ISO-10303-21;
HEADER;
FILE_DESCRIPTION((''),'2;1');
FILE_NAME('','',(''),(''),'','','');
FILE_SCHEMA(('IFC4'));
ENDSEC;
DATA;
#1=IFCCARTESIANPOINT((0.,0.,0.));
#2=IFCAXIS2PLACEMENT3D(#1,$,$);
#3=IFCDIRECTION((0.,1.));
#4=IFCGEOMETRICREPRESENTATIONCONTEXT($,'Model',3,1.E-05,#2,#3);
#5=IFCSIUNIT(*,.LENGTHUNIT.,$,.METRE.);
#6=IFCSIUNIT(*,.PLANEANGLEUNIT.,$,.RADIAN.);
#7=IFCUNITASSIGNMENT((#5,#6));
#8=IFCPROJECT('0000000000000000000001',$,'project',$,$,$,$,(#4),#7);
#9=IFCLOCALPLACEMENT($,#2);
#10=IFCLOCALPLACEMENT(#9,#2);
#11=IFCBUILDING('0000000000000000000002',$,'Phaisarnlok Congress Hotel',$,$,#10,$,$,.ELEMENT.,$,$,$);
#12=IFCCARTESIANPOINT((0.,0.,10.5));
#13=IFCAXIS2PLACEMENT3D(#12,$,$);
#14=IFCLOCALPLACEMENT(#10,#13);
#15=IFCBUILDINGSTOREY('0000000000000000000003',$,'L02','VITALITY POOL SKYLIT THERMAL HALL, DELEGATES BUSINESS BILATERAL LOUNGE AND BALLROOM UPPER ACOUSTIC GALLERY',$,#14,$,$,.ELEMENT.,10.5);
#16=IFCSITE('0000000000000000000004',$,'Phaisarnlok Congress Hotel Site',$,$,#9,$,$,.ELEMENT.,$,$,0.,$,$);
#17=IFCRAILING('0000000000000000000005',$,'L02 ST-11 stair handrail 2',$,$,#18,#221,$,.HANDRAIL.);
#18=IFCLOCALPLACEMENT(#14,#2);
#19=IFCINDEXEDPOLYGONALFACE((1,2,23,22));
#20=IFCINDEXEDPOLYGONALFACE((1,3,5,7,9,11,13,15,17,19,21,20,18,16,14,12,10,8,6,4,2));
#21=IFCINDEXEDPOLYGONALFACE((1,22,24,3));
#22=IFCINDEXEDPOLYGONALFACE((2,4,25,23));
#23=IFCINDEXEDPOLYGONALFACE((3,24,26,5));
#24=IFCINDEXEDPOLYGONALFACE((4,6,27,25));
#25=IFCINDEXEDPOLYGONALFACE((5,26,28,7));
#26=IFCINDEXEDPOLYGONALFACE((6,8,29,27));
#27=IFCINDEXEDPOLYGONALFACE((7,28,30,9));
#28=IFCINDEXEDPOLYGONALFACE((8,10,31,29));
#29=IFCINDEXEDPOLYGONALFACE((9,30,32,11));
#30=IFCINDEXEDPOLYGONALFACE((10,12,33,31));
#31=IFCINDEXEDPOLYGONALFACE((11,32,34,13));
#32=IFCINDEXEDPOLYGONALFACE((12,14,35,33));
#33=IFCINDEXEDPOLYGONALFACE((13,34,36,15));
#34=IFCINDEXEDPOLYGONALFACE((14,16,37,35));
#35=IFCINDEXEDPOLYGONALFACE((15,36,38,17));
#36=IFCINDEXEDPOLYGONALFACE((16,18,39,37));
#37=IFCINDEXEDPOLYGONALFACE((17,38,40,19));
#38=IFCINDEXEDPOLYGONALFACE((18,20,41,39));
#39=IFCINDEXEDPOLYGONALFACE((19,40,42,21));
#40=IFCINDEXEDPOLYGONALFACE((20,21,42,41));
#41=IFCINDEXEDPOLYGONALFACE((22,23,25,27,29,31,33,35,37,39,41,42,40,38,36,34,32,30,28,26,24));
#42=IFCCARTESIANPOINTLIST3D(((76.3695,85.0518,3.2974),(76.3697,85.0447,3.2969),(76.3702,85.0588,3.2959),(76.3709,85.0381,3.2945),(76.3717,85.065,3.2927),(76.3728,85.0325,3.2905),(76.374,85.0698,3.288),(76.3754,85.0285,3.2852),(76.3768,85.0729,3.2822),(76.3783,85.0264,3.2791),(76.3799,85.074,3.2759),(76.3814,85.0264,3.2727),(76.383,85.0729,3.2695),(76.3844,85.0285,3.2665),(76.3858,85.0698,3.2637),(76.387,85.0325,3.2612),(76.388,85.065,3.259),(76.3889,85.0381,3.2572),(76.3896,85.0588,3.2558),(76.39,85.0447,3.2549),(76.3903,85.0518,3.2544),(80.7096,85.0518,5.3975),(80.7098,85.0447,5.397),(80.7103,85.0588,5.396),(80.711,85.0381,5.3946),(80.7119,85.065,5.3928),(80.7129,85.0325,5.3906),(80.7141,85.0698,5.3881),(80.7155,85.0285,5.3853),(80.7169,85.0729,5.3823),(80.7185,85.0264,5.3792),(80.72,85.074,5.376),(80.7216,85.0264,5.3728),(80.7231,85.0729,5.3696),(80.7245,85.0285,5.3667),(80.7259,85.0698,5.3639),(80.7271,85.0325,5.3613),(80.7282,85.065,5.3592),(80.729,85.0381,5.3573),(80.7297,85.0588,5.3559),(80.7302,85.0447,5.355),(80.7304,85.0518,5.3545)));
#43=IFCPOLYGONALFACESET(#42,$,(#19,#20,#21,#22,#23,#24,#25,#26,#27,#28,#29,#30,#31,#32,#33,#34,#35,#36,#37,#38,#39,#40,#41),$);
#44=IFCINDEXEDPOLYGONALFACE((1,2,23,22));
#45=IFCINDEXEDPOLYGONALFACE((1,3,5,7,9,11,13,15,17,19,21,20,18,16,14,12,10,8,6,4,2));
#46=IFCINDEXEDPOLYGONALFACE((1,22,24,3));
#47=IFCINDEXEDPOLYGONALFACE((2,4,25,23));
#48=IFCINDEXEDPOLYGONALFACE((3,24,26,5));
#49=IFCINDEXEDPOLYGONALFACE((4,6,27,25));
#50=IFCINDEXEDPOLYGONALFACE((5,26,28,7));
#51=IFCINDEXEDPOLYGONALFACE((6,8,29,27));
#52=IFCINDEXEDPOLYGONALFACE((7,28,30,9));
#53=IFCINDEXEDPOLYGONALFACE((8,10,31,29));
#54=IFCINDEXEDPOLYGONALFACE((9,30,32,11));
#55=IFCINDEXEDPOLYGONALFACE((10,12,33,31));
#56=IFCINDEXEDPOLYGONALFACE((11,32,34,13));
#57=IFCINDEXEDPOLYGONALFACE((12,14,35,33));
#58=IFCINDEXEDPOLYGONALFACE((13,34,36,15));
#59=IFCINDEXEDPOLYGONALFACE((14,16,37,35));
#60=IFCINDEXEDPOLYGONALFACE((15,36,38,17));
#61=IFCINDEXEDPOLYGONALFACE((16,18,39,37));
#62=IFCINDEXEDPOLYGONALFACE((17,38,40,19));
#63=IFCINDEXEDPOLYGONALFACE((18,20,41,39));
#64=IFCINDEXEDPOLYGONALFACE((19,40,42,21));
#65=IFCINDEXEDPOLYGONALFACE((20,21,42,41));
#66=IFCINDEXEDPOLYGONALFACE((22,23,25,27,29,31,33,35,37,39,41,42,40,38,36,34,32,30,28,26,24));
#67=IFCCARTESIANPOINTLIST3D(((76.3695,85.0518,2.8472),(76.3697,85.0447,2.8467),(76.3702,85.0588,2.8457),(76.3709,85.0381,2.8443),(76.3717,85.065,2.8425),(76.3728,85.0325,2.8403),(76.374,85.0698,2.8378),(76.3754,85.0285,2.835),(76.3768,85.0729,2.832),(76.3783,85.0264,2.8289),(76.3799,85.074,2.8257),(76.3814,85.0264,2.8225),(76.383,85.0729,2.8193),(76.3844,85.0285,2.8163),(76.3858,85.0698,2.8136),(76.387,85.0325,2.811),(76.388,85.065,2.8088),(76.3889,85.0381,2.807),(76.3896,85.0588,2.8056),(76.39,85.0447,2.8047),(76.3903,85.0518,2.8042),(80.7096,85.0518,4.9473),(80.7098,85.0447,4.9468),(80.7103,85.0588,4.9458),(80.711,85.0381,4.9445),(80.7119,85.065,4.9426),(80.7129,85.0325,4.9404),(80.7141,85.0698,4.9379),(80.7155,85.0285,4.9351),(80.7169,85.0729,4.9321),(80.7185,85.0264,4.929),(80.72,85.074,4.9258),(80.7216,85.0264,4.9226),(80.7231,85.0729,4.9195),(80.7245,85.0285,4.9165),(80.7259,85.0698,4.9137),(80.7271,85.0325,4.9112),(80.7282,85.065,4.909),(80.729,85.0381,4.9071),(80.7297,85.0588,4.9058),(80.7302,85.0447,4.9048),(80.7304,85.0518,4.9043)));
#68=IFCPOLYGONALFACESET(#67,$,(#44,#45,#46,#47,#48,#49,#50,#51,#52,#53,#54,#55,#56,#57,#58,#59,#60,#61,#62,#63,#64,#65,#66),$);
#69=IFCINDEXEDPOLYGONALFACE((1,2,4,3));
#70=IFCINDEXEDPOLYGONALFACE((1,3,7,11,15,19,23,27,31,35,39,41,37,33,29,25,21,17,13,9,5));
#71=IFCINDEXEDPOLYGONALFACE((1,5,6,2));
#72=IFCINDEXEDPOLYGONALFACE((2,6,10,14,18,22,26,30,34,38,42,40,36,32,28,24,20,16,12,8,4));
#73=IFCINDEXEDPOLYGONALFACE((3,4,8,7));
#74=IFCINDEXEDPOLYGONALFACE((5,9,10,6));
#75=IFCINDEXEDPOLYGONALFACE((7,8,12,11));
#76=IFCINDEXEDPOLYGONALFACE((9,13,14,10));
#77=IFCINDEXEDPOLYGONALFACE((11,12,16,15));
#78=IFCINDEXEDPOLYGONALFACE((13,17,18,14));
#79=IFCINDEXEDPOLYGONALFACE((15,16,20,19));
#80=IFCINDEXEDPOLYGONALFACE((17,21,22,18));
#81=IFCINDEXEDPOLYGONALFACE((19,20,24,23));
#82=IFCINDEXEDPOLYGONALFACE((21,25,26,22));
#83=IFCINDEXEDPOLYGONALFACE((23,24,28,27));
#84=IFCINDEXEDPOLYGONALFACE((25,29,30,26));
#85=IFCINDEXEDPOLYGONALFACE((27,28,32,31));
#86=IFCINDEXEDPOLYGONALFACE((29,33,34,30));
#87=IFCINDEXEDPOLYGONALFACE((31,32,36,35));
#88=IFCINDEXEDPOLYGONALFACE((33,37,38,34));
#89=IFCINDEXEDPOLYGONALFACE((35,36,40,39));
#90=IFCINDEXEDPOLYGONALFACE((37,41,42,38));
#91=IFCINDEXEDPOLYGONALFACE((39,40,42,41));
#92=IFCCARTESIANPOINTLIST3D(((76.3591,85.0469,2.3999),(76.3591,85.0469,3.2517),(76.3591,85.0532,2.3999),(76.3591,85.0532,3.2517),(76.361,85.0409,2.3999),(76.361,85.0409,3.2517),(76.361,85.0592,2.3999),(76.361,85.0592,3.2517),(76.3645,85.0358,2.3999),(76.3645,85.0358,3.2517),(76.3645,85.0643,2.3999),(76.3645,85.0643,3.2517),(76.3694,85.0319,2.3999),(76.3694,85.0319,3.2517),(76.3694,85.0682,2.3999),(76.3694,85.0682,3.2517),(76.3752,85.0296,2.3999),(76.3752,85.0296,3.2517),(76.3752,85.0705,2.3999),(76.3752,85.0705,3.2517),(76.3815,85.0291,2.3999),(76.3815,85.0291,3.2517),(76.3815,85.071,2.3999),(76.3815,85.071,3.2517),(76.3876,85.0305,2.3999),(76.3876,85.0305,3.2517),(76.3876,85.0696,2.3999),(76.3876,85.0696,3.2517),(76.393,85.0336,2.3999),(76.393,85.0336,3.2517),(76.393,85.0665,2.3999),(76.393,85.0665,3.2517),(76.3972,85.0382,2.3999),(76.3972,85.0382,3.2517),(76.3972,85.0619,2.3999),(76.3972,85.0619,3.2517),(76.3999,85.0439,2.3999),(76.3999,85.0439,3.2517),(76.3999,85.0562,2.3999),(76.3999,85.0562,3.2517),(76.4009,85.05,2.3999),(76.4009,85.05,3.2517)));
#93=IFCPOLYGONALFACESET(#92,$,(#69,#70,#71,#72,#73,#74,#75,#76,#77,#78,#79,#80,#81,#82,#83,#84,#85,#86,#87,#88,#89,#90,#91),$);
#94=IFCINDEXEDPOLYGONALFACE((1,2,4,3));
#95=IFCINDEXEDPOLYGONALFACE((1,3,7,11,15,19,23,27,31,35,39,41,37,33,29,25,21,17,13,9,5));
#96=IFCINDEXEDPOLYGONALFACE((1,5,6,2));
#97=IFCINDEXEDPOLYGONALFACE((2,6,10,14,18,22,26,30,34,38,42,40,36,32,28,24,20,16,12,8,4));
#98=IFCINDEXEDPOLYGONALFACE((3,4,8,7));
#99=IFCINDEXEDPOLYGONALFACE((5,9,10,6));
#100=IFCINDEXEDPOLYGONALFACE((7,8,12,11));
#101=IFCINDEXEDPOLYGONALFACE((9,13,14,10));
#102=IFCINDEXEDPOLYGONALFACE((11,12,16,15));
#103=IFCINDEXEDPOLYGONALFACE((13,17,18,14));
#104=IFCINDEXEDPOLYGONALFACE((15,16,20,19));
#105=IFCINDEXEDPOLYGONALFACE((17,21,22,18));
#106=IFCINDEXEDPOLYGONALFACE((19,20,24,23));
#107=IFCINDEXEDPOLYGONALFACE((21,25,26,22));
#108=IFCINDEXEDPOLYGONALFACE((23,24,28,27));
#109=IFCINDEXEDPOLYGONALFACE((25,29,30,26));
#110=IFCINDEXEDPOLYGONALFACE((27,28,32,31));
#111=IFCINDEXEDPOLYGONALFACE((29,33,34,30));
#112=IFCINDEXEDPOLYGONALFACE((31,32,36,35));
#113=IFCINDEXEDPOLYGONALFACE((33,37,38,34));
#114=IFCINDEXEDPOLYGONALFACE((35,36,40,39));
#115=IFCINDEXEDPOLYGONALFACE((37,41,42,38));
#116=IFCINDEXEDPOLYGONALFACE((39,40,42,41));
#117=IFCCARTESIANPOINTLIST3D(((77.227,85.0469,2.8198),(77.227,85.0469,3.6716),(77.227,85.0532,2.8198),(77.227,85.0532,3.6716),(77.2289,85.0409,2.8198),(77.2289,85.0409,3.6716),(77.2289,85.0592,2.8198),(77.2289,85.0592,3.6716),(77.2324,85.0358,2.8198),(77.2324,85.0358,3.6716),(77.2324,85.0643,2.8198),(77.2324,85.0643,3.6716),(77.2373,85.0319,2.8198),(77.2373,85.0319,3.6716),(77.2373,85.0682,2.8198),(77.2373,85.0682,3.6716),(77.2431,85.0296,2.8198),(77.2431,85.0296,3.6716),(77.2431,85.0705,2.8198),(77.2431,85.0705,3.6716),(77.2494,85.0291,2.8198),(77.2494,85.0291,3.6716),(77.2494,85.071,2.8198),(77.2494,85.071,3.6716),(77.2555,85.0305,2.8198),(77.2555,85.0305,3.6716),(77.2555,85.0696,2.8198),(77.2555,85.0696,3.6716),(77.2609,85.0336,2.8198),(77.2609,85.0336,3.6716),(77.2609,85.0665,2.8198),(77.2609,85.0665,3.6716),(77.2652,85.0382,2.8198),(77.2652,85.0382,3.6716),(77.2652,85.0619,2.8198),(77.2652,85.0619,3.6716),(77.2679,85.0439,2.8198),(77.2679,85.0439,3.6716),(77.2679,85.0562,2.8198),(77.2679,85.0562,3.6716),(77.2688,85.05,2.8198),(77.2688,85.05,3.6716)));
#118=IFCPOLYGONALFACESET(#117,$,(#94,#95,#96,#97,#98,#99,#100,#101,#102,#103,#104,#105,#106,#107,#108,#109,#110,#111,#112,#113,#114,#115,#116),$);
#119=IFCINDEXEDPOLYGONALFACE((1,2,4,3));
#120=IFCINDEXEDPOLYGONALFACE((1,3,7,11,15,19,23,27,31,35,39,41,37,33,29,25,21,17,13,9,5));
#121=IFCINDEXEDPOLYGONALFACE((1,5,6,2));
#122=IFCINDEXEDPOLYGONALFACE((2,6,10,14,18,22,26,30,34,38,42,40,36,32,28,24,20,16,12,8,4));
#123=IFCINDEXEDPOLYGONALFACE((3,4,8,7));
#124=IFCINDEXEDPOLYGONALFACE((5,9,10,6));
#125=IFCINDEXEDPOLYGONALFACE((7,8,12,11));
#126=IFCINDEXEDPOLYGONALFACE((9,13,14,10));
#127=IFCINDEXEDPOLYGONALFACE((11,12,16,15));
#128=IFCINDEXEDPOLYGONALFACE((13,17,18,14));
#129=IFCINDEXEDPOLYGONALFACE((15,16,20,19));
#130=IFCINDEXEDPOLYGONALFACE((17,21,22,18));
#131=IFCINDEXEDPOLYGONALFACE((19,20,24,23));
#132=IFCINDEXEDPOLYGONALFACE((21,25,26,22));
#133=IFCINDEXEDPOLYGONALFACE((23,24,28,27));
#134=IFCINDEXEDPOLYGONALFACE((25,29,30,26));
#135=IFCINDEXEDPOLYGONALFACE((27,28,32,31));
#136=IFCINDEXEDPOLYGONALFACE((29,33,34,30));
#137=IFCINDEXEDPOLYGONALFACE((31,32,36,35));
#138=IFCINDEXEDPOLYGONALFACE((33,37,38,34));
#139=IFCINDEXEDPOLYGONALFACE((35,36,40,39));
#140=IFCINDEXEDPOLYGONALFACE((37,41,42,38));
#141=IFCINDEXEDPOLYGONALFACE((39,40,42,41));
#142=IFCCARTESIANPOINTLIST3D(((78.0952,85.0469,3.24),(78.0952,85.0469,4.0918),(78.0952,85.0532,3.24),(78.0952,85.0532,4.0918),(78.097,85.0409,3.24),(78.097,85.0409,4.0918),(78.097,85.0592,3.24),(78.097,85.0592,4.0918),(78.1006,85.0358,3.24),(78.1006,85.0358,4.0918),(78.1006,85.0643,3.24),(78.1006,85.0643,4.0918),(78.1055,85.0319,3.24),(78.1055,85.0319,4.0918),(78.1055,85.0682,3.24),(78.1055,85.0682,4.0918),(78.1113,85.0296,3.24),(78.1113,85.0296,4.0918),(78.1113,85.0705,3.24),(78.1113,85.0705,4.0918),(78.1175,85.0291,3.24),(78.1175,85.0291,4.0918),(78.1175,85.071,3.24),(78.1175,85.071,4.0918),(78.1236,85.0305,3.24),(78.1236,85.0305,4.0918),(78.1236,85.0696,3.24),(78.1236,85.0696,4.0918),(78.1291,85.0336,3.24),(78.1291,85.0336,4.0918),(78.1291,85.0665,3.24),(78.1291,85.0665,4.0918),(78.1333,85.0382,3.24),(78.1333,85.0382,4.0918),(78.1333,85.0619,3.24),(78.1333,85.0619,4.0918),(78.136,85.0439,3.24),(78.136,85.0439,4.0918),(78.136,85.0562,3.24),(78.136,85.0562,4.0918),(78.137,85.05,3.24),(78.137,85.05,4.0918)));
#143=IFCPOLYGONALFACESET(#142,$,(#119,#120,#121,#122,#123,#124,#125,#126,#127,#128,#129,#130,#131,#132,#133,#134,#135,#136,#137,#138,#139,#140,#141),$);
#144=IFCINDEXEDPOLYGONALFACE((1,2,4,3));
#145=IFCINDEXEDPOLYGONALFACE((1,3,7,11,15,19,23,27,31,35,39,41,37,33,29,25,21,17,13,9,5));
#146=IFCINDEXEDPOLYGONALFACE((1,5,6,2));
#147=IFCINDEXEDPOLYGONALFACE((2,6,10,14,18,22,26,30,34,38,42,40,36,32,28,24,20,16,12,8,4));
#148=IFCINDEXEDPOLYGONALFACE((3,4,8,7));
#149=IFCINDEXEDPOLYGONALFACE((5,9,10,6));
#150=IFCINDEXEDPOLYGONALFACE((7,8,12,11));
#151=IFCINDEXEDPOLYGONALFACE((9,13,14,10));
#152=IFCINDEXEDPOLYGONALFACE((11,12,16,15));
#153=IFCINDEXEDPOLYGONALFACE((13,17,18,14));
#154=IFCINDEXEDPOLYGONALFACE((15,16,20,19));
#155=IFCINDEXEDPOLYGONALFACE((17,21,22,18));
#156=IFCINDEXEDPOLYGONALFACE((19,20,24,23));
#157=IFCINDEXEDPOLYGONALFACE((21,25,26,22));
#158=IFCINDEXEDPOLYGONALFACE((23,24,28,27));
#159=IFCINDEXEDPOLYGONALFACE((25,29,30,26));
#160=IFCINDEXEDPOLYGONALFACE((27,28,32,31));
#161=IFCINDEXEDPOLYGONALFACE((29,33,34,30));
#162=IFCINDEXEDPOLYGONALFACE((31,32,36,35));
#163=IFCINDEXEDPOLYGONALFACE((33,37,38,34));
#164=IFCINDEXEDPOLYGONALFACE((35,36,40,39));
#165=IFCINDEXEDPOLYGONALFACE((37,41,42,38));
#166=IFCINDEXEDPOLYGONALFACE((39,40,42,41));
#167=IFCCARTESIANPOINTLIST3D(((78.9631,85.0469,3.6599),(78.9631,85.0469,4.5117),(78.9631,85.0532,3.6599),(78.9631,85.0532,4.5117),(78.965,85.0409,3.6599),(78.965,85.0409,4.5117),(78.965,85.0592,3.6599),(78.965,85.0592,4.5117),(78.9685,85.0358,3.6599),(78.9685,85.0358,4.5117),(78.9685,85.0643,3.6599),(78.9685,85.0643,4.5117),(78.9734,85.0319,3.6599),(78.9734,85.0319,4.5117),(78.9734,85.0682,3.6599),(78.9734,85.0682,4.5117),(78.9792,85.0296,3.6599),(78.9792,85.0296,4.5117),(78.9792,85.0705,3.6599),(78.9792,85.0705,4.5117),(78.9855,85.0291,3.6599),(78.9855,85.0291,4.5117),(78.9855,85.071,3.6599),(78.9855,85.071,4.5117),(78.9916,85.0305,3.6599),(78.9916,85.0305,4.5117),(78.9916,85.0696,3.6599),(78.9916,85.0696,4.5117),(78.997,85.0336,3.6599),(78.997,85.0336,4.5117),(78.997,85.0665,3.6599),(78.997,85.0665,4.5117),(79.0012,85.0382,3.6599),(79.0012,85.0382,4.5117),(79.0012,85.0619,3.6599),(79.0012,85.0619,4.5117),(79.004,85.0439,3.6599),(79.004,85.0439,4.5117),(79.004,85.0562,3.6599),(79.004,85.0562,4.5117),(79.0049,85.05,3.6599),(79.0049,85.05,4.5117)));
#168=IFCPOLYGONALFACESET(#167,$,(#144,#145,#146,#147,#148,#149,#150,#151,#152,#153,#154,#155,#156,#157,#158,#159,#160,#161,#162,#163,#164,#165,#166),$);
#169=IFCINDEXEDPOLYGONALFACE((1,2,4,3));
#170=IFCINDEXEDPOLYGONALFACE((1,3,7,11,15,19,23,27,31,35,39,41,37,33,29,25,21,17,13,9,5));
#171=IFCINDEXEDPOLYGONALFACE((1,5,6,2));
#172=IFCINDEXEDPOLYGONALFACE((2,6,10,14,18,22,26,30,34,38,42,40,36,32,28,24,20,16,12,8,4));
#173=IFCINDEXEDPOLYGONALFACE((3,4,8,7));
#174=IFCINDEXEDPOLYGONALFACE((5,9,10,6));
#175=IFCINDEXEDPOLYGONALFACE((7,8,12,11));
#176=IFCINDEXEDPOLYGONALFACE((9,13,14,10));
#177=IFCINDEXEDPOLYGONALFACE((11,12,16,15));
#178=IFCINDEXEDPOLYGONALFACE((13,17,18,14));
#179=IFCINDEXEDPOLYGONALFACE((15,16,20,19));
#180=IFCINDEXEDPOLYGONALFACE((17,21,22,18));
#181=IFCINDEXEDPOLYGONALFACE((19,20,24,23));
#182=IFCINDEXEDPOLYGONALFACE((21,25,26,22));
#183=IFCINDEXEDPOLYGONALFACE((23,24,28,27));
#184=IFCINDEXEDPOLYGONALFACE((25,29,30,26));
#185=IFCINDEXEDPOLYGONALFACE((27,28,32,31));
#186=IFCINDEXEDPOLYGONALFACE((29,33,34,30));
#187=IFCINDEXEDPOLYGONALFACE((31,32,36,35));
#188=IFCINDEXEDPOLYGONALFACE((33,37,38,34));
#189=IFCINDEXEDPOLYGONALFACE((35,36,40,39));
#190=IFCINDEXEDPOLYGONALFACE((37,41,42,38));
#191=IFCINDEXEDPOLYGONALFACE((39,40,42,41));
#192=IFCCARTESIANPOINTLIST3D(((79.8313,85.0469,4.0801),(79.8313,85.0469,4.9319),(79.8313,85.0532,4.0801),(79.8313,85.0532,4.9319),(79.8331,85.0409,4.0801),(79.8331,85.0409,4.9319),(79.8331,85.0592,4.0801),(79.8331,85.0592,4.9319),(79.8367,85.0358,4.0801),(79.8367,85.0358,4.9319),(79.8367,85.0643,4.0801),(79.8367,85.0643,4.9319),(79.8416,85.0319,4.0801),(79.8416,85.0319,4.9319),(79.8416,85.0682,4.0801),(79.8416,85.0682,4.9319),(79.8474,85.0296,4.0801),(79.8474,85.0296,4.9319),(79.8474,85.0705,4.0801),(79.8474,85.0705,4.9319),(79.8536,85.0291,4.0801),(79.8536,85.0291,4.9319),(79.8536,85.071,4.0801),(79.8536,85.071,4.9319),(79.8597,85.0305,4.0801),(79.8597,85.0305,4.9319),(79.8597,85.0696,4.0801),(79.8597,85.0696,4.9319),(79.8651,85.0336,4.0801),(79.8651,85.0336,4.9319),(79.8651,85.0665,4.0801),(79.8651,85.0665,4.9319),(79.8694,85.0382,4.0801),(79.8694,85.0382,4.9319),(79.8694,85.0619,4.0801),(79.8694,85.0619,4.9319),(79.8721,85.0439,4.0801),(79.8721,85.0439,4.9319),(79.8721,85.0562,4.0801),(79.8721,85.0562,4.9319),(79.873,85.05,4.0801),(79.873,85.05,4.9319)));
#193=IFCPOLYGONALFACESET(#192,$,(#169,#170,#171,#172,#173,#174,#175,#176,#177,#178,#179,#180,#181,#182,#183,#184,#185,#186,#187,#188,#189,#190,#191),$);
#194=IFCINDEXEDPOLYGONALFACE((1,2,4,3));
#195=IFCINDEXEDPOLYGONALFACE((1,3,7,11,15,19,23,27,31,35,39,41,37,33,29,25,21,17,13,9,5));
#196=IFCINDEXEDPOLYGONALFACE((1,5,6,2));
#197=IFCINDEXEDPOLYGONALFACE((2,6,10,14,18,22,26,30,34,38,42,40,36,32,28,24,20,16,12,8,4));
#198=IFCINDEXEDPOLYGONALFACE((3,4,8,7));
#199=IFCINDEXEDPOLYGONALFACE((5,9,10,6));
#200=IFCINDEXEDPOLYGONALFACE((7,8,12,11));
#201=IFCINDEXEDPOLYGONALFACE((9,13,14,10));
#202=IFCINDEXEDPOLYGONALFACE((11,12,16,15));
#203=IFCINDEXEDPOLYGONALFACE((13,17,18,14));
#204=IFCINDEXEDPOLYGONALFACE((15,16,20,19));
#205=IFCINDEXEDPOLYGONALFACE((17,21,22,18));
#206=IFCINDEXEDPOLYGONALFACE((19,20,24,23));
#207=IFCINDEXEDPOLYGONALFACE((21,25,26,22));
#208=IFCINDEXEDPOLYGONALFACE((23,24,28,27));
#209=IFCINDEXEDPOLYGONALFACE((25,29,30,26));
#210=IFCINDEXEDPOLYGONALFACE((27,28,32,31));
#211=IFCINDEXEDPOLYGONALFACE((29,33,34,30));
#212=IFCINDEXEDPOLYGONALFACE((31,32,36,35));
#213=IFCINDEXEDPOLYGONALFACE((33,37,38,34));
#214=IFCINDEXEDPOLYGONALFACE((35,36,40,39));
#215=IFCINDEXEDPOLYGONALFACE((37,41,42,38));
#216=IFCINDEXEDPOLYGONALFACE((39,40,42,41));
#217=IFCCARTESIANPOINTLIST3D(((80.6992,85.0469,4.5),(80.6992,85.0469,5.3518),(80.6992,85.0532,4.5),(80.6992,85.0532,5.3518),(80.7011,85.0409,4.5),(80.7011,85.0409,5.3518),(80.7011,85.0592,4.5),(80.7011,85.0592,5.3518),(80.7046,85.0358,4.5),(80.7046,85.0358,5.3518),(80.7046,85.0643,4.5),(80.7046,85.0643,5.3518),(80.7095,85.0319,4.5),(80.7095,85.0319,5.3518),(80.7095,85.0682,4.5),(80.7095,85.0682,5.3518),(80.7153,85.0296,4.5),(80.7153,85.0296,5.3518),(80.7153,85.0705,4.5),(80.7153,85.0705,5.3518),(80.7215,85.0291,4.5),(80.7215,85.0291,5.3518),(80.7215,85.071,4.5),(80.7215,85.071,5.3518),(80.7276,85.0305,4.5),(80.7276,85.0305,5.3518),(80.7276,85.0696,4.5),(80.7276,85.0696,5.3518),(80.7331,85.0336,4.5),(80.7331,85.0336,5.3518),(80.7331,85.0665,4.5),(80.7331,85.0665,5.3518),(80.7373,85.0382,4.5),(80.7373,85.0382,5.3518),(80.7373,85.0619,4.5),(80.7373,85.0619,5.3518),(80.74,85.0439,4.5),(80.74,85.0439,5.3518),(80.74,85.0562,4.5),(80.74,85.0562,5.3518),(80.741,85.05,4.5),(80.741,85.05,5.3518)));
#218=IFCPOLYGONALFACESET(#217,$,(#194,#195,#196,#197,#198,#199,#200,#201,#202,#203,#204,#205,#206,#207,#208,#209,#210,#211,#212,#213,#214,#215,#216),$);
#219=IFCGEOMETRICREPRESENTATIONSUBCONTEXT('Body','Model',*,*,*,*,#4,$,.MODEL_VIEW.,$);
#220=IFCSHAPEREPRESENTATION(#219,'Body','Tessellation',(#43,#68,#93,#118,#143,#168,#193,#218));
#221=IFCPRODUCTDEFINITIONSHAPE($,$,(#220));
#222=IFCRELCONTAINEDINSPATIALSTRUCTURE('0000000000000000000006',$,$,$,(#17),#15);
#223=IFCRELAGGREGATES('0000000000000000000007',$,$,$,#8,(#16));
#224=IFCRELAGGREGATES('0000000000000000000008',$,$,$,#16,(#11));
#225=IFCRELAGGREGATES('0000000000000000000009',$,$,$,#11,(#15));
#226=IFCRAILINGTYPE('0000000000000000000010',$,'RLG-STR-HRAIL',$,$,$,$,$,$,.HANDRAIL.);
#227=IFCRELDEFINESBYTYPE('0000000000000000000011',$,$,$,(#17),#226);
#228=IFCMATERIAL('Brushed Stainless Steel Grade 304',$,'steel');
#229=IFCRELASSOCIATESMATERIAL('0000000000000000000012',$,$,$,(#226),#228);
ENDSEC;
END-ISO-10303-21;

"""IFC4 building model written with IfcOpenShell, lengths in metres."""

from ifc_helpers import new_model, si_unit, direction, frame, origin, origin_2d, place, context, subcontext, project, spatial, circle, extrude, material, type_object, element, save


model = new_model("IFC4")

# Units and contexts
model_context = context("Model", 3, precision=1e-05, world=origin(), true_north=direction((0.0, 1.0)))
body_context = subcontext(model_context, "Body", "Model", "MODEL_VIEW")
ifc_project = project(units=[si_unit("LENGTHUNIT", "METRE"), si_unit("PLANEANGLEUNIT", "RADIAN")], contexts=[model_context])

# Site, building, storey
site_placement = place(None, origin())
site = spatial("IfcSite", under=ifc_project, at=site_placement, Name="Phaisarnlok Congress Hotel Site", CompositionType="ELEMENT", RefElevation=0.0)
building_placement = place(site_placement, origin())
building = spatial("IfcBuilding", under=site, at=building_placement, Name="Phaisarnlok Congress Hotel", CompositionType="ELEMENT")
storey_placement = place(building_placement, frame((0.0, 0.0, 10.5)))
storey = spatial("IfcBuildingStorey", under=building, at=storey_placement, Name="L02", Description="VITALITY POOL SKYLIT THERMAL HALL, DELEGATES BUSINESS BILATERAL LOUNGE AND BALLROOM UPPER ACOUSTIC GALLERY", CompositionType="ELEMENT", Elevation=10.5)

# Railing
ifc_material_1 = material(Name="Brushed Stainless Steel Grade 304", Category="steel")
railing_type_1 = type_object("IfcRailingType", Name="RLG-STR-HRAIL", PredefinedType="HANDRAIL", material=ifc_material_1)
railing_1_placement = place(storey_placement, frame((76.3799, 85.05, 2.3999)))
element("IfcRailing", 1, at=railing_1_placement, inside=storey, type_object=railing_type_1, Name="L02 ST-11 stair handrail 2", PredefinedType="HANDRAIL", context=body_context, shape_type="SweptSolid", body=[
    extrude(circle(Radius=0.0239, at=origin_2d()), frame((0.0, 0.0, 0.876), z_axis=(0.900155, 0.0, 0.43557), x_axis=(0.0, 1.0, 0.0)), (0.0, 0.0, 1.0), 4.8215),
    extrude(circle(Radius=0.0239, at=origin_2d()), frame((0.0, 0.0, 0.4258), z_axis=(0.900155, 0.0, 0.43557), x_axis=(0.0, 1.0, 0.0)), (0.0, 0.0, 1.0), 4.8215),
    extrude(circle(Radius=0.021, at=origin_2d()), origin(), (0.0, 0.0, 1.0), 0.8518),
    extrude(circle(Radius=0.021, at=origin_2d()), frame((0.8679, 0.0, 0.4199)), (0.0, 0.0, 1.0), 0.8518),
    extrude(circle(Radius=0.021, at=origin_2d()), frame((1.7361, 0.0, 0.8401)), (0.0, 0.0, 1.0), 0.8518),
    extrude(circle(Radius=0.021, at=origin_2d()), frame((2.604, 0.0, 1.26)), (0.0, 0.0, 1.0), 0.8518),
    extrude(circle(Radius=0.021, at=origin_2d()), frame((3.4722, 0.0, 1.6802)), (0.0, 0.0, 1.0), 0.8518),
    extrude(circle(Radius=0.021, at=origin_2d()), frame((4.3401, 0.0, 2.1001)), (0.0, 0.0, 1.0), 0.8518),
])

save(model, "model.ifc")
